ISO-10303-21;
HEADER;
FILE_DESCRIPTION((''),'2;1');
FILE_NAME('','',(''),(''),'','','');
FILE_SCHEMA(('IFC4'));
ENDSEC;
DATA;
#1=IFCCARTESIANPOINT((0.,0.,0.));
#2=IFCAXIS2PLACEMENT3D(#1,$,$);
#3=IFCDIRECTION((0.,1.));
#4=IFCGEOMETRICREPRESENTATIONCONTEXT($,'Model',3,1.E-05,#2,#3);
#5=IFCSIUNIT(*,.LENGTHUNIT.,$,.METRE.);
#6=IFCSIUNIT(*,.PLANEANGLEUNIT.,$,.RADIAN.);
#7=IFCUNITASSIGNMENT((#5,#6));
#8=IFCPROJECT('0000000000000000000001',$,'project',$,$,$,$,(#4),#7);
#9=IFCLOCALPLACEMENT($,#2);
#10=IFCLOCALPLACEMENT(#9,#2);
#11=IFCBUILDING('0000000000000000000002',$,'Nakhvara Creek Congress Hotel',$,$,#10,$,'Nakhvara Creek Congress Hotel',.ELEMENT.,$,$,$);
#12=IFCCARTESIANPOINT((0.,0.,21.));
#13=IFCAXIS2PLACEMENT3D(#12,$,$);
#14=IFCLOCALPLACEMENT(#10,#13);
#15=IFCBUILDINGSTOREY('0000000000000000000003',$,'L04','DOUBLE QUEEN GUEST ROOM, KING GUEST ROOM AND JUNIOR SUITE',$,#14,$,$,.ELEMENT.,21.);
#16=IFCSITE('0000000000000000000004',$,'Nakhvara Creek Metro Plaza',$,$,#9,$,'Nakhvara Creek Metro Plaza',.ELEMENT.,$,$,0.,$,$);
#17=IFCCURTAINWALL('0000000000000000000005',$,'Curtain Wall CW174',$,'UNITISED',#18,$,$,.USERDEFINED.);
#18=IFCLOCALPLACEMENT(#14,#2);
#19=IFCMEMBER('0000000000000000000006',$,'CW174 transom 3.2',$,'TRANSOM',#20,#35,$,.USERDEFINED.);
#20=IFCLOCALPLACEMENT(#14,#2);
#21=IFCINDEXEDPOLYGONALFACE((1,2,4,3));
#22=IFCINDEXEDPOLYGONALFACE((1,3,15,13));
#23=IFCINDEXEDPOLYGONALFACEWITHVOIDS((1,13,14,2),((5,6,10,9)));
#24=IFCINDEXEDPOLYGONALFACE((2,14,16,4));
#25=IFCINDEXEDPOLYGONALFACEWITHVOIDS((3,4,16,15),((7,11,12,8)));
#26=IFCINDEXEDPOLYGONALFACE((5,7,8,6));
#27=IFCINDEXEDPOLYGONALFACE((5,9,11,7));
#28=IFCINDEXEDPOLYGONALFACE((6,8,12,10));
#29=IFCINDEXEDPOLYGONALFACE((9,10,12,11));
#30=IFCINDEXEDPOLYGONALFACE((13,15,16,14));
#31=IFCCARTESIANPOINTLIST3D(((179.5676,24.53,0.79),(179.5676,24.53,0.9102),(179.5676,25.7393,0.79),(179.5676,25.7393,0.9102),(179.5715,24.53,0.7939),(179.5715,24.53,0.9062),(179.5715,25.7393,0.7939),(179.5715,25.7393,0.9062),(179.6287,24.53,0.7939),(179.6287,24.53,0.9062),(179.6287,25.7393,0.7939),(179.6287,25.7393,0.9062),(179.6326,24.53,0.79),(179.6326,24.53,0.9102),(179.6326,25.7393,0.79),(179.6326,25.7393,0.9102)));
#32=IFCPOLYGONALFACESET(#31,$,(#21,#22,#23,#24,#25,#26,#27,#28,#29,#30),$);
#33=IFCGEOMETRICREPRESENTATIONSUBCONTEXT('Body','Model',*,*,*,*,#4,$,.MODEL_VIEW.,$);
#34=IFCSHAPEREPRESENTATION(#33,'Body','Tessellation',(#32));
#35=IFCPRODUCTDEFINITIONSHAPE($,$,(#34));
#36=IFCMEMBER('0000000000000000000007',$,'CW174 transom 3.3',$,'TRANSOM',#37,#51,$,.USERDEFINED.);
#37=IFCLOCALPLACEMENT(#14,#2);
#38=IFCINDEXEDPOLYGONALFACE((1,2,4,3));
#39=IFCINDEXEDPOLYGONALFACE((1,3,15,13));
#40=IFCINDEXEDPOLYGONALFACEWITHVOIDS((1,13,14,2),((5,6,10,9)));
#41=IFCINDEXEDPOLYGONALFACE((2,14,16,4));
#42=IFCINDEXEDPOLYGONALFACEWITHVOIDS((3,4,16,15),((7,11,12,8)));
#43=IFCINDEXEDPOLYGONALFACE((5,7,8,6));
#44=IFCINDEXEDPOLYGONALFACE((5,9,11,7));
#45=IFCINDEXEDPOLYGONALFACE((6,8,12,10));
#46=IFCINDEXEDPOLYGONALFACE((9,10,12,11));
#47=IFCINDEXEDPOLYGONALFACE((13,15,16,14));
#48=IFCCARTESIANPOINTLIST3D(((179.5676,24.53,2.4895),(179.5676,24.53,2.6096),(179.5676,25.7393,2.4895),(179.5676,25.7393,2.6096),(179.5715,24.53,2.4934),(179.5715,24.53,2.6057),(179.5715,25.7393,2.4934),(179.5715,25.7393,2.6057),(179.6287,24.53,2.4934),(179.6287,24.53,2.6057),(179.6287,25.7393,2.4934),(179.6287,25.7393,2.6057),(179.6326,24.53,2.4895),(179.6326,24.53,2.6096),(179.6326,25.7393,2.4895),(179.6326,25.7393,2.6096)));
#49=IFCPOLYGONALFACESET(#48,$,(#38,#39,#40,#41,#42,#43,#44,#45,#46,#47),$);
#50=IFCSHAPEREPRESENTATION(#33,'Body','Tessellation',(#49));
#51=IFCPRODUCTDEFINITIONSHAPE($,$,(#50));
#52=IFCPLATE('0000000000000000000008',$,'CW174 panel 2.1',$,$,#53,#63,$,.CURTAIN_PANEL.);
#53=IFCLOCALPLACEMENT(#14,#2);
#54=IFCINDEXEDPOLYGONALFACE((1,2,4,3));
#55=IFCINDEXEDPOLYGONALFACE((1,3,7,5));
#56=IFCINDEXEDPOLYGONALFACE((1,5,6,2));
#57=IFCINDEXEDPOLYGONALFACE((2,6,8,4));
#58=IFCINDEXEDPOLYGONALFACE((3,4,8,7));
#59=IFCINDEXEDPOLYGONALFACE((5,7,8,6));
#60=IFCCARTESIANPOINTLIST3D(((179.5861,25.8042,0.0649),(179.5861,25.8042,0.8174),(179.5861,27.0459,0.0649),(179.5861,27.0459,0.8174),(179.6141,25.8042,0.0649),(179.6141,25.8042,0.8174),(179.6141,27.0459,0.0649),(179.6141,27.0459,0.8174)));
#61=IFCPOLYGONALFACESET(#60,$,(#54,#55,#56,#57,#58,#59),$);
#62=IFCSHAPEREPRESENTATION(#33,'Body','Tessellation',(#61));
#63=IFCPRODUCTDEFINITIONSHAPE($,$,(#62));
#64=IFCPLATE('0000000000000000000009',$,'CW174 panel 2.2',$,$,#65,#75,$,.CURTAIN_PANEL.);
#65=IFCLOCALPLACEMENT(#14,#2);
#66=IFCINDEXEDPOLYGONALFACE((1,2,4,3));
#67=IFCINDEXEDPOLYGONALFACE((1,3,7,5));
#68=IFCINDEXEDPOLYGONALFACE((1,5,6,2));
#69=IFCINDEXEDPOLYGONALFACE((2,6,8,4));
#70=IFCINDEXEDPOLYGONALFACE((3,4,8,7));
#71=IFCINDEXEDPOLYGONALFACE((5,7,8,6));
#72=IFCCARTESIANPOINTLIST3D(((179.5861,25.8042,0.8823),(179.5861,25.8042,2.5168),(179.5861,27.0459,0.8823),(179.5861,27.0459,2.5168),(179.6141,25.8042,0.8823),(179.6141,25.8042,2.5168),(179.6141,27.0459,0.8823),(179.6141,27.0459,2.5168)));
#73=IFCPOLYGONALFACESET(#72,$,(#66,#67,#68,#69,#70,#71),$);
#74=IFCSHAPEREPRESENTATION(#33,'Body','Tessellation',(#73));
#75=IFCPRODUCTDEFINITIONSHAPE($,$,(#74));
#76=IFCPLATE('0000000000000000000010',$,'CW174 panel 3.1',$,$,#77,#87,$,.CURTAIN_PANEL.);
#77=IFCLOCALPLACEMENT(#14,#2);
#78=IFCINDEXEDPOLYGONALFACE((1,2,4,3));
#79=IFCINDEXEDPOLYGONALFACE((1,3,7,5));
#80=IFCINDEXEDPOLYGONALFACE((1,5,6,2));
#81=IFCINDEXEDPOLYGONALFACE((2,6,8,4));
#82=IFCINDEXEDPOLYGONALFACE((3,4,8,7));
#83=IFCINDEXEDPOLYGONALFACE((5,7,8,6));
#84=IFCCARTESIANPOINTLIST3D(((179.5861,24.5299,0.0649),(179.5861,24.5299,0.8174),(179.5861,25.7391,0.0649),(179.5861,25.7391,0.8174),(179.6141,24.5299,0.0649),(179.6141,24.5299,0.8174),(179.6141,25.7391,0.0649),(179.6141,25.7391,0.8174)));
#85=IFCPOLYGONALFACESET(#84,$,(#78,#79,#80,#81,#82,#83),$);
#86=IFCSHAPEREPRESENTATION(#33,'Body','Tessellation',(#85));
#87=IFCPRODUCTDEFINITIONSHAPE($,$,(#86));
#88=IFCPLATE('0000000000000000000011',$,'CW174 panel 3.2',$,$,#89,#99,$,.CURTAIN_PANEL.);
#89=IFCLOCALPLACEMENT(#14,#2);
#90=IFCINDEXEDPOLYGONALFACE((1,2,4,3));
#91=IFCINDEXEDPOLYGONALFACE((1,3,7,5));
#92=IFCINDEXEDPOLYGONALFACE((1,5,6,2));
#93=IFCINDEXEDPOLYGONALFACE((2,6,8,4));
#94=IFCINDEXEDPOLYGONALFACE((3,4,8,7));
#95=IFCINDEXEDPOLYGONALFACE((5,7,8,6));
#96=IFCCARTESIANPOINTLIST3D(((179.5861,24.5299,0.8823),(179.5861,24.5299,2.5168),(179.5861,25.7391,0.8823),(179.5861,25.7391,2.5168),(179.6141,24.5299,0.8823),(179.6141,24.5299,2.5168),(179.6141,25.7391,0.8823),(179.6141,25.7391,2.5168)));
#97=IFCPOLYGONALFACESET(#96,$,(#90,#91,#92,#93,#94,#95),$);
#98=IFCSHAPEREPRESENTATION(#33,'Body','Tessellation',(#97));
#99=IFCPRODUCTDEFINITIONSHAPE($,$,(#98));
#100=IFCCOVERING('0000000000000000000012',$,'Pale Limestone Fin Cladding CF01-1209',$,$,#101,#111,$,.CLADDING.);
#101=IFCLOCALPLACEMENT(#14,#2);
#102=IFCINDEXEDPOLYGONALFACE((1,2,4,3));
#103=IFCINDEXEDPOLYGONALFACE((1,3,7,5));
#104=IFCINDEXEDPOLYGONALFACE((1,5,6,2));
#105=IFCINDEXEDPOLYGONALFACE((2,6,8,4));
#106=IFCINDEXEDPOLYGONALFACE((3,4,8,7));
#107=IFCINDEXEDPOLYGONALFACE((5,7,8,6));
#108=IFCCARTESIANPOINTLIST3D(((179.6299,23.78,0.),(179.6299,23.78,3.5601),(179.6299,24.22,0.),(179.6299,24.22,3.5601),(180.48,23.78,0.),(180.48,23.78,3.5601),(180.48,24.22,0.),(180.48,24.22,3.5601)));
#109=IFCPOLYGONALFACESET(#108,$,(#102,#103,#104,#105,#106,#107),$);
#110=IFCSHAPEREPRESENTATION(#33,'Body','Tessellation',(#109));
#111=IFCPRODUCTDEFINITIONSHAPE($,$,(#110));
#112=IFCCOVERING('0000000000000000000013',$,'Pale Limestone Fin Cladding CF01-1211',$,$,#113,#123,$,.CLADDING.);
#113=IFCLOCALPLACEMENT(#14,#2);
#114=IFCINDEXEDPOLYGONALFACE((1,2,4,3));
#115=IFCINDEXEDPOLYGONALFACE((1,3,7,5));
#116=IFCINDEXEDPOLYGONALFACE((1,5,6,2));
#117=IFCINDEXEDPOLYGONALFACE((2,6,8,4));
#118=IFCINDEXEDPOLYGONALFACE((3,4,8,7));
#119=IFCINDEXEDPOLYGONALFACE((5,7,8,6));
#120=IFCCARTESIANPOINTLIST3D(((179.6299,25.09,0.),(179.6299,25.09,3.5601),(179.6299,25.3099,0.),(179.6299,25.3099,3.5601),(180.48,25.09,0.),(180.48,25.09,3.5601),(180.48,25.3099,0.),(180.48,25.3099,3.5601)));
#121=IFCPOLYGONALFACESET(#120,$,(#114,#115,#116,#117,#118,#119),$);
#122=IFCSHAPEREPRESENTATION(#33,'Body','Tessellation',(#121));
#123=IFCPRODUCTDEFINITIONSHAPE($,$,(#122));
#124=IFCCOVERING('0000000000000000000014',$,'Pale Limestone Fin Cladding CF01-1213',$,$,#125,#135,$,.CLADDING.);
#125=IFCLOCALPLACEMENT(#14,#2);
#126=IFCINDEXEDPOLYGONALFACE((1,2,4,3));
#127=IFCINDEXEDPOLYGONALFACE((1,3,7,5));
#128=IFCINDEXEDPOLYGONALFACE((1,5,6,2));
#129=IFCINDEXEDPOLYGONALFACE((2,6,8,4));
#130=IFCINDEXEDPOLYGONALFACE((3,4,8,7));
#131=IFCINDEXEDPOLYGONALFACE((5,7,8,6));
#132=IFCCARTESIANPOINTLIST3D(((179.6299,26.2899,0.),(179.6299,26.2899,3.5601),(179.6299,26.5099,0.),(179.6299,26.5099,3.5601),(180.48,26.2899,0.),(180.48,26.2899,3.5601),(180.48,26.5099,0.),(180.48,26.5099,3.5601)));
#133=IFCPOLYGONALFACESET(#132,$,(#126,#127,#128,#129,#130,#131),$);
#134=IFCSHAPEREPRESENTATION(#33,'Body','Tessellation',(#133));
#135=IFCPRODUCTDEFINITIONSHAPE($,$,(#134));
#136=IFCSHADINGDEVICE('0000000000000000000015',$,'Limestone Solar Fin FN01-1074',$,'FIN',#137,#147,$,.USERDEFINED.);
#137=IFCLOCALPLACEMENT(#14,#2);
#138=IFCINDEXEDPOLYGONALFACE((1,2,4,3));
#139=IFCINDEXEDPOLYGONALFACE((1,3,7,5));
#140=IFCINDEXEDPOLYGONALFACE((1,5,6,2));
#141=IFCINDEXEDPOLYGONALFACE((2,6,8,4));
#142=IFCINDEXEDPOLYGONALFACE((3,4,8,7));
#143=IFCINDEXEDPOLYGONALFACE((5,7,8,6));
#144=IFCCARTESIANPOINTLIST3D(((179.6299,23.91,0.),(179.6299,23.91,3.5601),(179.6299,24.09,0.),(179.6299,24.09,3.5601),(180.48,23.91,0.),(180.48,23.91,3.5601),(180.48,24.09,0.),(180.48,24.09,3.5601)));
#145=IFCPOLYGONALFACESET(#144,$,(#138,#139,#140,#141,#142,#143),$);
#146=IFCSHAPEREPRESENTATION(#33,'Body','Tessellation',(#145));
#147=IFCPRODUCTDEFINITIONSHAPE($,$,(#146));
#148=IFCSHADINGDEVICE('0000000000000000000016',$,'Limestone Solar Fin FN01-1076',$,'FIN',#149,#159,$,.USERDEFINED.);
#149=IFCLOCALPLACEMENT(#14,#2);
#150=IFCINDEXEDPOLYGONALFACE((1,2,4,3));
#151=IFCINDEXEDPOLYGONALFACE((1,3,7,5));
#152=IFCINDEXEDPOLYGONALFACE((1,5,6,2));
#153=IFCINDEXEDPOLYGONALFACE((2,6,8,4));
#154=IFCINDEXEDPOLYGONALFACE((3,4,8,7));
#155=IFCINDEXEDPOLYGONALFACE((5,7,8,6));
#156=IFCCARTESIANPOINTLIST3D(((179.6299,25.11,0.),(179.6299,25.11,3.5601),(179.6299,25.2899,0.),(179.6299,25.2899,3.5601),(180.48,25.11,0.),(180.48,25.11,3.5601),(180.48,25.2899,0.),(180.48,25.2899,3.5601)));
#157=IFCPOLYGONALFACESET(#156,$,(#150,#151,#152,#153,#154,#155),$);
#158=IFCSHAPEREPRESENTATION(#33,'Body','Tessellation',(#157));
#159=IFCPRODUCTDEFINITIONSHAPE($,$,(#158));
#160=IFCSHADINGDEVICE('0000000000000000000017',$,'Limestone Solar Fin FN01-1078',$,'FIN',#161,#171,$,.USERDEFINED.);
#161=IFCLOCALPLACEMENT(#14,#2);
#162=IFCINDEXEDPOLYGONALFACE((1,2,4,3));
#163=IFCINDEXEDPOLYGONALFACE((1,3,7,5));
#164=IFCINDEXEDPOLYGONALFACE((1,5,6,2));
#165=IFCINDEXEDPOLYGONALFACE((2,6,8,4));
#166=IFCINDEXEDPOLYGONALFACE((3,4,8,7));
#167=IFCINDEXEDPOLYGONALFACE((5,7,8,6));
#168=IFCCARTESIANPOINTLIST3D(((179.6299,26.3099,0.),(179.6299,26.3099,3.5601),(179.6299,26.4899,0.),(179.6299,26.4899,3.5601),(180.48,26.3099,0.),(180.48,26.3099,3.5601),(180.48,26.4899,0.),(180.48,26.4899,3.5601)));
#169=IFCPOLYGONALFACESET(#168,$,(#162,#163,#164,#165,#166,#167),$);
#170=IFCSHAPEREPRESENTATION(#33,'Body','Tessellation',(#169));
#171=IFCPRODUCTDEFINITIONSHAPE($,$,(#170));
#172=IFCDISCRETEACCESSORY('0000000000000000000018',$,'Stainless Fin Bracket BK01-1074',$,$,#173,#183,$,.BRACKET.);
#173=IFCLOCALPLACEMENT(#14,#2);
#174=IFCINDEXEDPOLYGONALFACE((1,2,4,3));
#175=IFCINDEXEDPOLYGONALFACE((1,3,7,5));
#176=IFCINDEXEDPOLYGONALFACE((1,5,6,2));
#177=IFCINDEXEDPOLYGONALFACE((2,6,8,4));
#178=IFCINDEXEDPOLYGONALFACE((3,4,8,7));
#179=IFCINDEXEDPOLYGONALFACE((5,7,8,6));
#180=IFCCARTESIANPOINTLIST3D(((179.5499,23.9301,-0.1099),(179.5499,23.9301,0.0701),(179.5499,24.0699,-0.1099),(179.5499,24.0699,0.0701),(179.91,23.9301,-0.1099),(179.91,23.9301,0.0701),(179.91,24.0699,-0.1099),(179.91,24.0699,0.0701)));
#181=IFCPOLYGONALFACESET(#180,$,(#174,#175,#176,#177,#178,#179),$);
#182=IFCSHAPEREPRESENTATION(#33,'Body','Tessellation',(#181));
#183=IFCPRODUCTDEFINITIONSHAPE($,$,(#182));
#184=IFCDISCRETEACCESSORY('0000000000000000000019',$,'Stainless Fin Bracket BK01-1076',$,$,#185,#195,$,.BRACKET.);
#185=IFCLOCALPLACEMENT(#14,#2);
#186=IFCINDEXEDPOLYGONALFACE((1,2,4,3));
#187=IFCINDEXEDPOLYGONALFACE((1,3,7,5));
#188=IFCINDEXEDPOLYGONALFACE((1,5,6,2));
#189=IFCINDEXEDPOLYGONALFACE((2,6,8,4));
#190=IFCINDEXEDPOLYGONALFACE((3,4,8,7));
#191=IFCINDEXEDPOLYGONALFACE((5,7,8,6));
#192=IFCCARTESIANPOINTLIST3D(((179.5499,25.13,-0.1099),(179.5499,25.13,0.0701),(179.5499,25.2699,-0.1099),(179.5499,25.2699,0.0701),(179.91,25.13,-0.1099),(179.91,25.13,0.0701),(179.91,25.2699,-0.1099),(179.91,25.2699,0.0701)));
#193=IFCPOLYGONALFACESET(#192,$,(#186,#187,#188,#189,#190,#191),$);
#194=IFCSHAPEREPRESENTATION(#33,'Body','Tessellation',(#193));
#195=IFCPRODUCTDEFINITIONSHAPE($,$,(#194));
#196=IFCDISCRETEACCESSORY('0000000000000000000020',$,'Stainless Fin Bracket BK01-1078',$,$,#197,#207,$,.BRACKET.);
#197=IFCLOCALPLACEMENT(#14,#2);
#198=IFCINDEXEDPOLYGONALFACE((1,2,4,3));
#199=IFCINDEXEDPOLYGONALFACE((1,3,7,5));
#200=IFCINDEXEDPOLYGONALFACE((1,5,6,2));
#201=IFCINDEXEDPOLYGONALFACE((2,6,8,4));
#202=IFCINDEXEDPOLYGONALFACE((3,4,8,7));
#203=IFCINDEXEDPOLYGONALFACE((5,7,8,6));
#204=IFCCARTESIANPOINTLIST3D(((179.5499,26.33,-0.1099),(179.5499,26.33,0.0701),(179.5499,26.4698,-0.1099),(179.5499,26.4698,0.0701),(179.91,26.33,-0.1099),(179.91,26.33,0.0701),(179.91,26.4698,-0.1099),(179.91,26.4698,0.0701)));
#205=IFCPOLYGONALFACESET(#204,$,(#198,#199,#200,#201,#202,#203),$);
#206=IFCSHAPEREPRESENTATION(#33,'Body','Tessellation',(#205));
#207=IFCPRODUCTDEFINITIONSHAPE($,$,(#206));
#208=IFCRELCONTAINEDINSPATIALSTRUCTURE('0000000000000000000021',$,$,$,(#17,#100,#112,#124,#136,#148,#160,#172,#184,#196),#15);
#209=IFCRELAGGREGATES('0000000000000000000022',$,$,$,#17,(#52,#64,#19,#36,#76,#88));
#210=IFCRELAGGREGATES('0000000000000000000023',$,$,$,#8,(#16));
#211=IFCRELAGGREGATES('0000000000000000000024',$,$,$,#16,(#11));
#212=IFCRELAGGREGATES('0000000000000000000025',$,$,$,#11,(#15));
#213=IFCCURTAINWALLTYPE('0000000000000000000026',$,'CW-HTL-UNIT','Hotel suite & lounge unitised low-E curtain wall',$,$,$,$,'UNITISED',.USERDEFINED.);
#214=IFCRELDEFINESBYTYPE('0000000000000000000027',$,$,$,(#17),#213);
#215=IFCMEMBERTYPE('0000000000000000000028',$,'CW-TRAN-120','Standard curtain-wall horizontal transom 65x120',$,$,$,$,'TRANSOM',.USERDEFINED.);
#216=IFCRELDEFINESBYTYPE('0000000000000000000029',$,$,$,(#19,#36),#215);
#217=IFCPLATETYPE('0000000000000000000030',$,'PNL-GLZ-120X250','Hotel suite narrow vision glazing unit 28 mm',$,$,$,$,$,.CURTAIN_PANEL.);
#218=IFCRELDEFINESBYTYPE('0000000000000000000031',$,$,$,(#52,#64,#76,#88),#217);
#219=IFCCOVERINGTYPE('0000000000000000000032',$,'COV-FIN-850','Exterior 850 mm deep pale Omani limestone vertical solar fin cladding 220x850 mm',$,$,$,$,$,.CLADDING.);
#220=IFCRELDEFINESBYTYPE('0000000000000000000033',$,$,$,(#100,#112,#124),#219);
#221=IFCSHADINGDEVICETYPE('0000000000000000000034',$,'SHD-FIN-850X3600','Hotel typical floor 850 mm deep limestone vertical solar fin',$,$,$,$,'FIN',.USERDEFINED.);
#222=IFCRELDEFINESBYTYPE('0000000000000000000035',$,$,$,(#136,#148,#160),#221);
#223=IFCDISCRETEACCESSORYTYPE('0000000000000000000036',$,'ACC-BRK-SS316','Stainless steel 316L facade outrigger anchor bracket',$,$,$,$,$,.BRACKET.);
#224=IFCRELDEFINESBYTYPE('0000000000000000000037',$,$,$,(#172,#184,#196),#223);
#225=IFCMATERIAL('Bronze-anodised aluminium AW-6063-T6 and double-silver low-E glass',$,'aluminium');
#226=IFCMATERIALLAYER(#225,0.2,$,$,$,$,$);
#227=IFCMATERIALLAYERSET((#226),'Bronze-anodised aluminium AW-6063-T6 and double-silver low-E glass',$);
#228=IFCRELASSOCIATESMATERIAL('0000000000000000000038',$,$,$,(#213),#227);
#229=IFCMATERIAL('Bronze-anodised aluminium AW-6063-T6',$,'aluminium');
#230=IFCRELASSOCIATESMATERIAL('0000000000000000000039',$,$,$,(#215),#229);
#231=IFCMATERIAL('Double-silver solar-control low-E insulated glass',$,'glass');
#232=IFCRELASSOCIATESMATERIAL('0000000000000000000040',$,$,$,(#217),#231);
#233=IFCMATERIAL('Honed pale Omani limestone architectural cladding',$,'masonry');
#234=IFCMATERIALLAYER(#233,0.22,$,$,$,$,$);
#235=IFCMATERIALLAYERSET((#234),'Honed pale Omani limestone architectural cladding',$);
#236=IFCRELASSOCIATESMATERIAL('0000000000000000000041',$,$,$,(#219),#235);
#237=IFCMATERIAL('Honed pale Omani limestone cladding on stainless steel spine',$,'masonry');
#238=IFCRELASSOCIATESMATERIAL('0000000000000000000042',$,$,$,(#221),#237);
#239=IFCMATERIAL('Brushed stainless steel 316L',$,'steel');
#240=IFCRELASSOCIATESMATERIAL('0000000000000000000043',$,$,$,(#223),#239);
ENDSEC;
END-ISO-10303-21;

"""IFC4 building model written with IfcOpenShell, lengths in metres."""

from ifc_helpers import new_model, si_unit, direction, frame, origin, origin_2d, place, context, subcontext, project, spatial, rectangle, hollow_rectangle, extrude, material, layer, layer_set, material_profile, profile_set, type_object, element, aggregate, save


model = new_model("IFC4")

# Units and contexts
model_context = context("Model", 3, precision=1e-05, world=origin(), true_north=direction((0.0, 1.0)))
body_context = subcontext(model_context, "Body", "Model", "MODEL_VIEW")
ifc_project = project(units=[si_unit("LENGTHUNIT", "METRE"), si_unit("PLANEANGLEUNIT", "RADIAN")], contexts=[model_context])

# Site, building, storey
site_placement = place(None, origin())
site = spatial("IfcSite", under=ifc_project, at=site_placement, Name="Nakhvara Creek Metro Plaza", LongName="Nakhvara Creek Metro Plaza", CompositionType="ELEMENT", RefElevation=0.0)
building_placement = place(site_placement, origin())
building = spatial("IfcBuilding", under=site, at=building_placement, Name="Nakhvara Creek Congress Hotel", LongName="Nakhvara Creek Congress Hotel", CompositionType="ELEMENT")
storey_placement = place(building_placement, frame((0.0, 0.0, 21.0)))
storey = spatial("IfcBuildingStorey", under=building, at=storey_placement, Name="L04", Description="DOUBLE QUEEN GUEST ROOM, KING GUEST ROOM AND JUNIOR SUITE", CompositionType="ELEMENT", Elevation=21.0)

# Shared definitions
ifc_material_1 = material(Name="Bronze-anodised aluminium AW-6063-T6 and double-silver low-E glass", Category="aluminium")
ifc_layer_1 = layer(ifc_material_1, 0.2)
ifc_layer_set_1 = layer_set([ifc_layer_1], Name="Bronze-anodised aluminium AW-6063-T6 and double-silver low-E glass")
curtain_wall_type = type_object("IfcCurtainWallType", Name="CW-HTL-UNIT", Description="Hotel suite & lounge unitised low-E curtain wall", ElementType="UNITISED", PredefinedType="USERDEFINED", material=ifc_layer_set_1)
ifc_material_2 = material(Name="Bronze-anodised aluminium AW-6063-T6", Category="aluminium")

# Curtain wall
curtain_wall_1_placement = place(storey_placement, origin())
curtain_wall_1 = element("IfcCurtainWall", 1, at=curtain_wall_1_placement, inside=storey, type_object=curtain_wall_type, Name="Curtain Wall CW174", ObjectType="UNITISED", PredefinedType="USERDEFINED")

# Members
ifc_material_profile_1 = material_profile(ifc_material_2, hollow_rectangle(XDim=0.0649, YDim=0.1201, WallThickness=0.0039, at=origin_2d()), Name="ALU-TRAN 65x120x4", Category="LoadBearing")
ifc_profile_set_1 = profile_set([ifc_material_profile_1], Name="Bronze-anodised aluminium AW-6063-T6")
member_type_1 = type_object("IfcMemberType", Name="CW-TRAN-120", Description="Standard curtain-wall horizontal transom 65x120", ElementType="TRANSOM", PredefinedType="USERDEFINED", material=ifc_profile_set_1)
member_1_placement = place(storey_placement, frame((179.6001, 25.7393, 0.8501), z_axis=(0.0, -1.0, 0.0), x_axis=(1.0, 0.0, 0.0)))
member_1 = element("IfcMember", 2, at=member_1_placement, type_object=member_type_1, Name="CW174 transom 3.2", ObjectType="TRANSOM", PredefinedType="USERDEFINED", context=body_context, shape_type="SweptSolid", body=[
    extrude(hollow_rectangle(XDim=0.0649, YDim=0.1201, WallThickness=0.0039, at=origin_2d()), origin(), (0.0, 0.0, 1.0), 1.2092),
])
member_2_placement = place(storey_placement, frame((179.6001, 25.7393, 2.5496), z_axis=(0.0, -1.0, 0.0), x_axis=(1.0, 0.0, 0.0)))
member_2 = element("IfcMember", 3, at=member_2_placement, type_object=member_type_1, Name="CW174 transom 3.3", ObjectType="TRANSOM", PredefinedType="USERDEFINED", context=body_context, shape_type="SweptSolid", body=[
    extrude(hollow_rectangle(XDim=0.0649, YDim=0.1201, WallThickness=0.0039, at=origin_2d()), origin(), (0.0, 0.0, 1.0), 1.2092),
])

# Plates
ifc_material_3 = material(Name="Double-silver solar-control low-E insulated glass", Category="glass")
plate_type = type_object("IfcPlateType", Name="PNL-GLZ-120X250", Description="Hotel suite narrow vision glazing unit 28 mm", PredefinedType="CURTAIN_PANEL", material=ifc_material_3)
plate_1_placement = place(storey_placement, frame((179.6001, 26.425, 0.0649), z_axis=(0.0, 0.0, 1.0), x_axis=(0.0, -1.0, 0.0)))
plate_1 = element("IfcPlate", 4, at=plate_1_placement, type_object=plate_type, Name="CW174 panel 2.1", PredefinedType="CURTAIN_PANEL", context=body_context, shape_type="SweptSolid", body=[
    extrude(rectangle(XDim=1.2417, YDim=0.0281, at=origin_2d()), origin(), (0.0, 0.0, 1.0), 0.7524),
])
plate_2_placement = place(storey_placement, frame((179.6001, 26.425, 0.8823), z_axis=(0.0, 0.0, 1.0), x_axis=(0.0, -1.0, 0.0)))
plate_2 = element("IfcPlate", 5, at=plate_2_placement, type_object=plate_type, Name="CW174 panel 2.2", PredefinedType="CURTAIN_PANEL", context=body_context, shape_type="SweptSolid", body=[
    extrude(rectangle(XDim=1.2417, YDim=0.0281, at=origin_2d()), origin(), (0.0, 0.0, 1.0), 1.6345),
])
plate_3_placement = place(storey_placement, frame((179.6001, 25.1345, 0.0649), z_axis=(0.0, 0.0, 1.0), x_axis=(0.0, -1.0, 0.0)))
plate_3 = element("IfcPlate", 6, at=plate_3_placement, type_object=plate_type, Name="CW174 panel 3.1", PredefinedType="CURTAIN_PANEL", context=body_context, shape_type="SweptSolid", body=[
    extrude(rectangle(XDim=1.2092, YDim=0.0281, at=origin_2d()), origin(), (0.0, 0.0, 1.0), 0.7524),
])
plate_4_placement = place(storey_placement, frame((179.6001, 25.1345, 0.8823), z_axis=(0.0, 0.0, 1.0), x_axis=(0.0, -1.0, 0.0)))
plate_4 = element("IfcPlate", 7, at=plate_4_placement, type_object=plate_type, Name="CW174 panel 3.2", PredefinedType="CURTAIN_PANEL", context=body_context, shape_type="SweptSolid", body=[
    extrude(rectangle(XDim=1.2092, YDim=0.0281, at=origin_2d()), origin(), (0.0, 0.0, 1.0), 1.6345),
])
aggregate(curtain_wall_1, [plate_1, plate_2, member_1, member_2, plate_3, plate_4])

# Coverings
ifc_material_4 = material(Name="Honed pale Omani limestone architectural cladding", Category="masonry")
ifc_layer_2 = layer(ifc_material_4, 0.22)
ifc_layer_set_2 = layer_set([ifc_layer_2], Name="Honed pale Omani limestone architectural cladding")
covering_type = type_object("IfcCoveringType", Name="COV-FIN-850", Description="Exterior 850 mm deep pale Omani limestone vertical solar fin cladding 220x850 mm", PredefinedType="CLADDING", material=ifc_layer_set_2)
covering_placement = place(storey_placement, frame((180.0549, 24.0, 0.0), z_axis=(0.0, 0.0, 1.0), x_axis=(0.0, 1.0, 0.0)))
element("IfcCovering", 8, at=covering_placement, inside=storey, type_object=covering_type, Name="Pale Limestone Fin Cladding CF01-1209", PredefinedType="CLADDING", context=body_context, shape_type="SweptSolid", body=[
    extrude(rectangle(XDim=0.4399, YDim=0.8501, at=origin_2d()), origin(), (0.0, 0.0, 1.0), 3.5601),
])
for number, where, z_axis, x_axis, name in (
    (9, (180.0549, 25.2, 0.0), (0.0, 0.0, 1.0), (0.0, 1.0, 0.0), "Pale Limestone Fin Cladding CF01-1211"),
    (10, (180.0549, 26.3999, 0.0), (0.0, 0.0, 1.0), (0.0, 1.0, 0.0), "Pale Limestone Fin Cladding CF01-1213"),
):
    element("IfcCovering", number, at=place(storey_placement, frame(where, z_axis=z_axis, x_axis=x_axis)), inside=storey, type_object=covering_type, Name=name, PredefinedType="CLADDING", context=body_context, shape_type="SweptSolid", body=[
        extrude(rectangle(XDim=0.22, YDim=0.8501, at=origin_2d()), origin(), (0.0, 0.0, 1.0), 3.5601),
    ])

# Shading devices
ifc_material_5 = material(Name="Honed pale Omani limestone cladding on stainless steel spine", Category="masonry")
shading_device_type = type_object("IfcShadingDeviceType", Name="SHD-FIN-850X3600", Description="Hotel typical floor 850 mm deep limestone vertical solar fin", ElementType="FIN", PredefinedType="USERDEFINED", material=ifc_material_5)
for number, where, z_axis, x_axis, name in (
    (11, (180.0549, 24.0, 0.0), (0.0, 0.0, 1.0), (0.0, 1.0, 0.0), "Limestone Solar Fin FN01-1074"),
    (12, (180.0549, 25.2, 0.0), (0.0, 0.0, 1.0), (0.0, 1.0, 0.0), "Limestone Solar Fin FN01-1076"),
    (13, (180.0549, 26.3999, 0.0), (0.0, 0.0, 1.0), (0.0, 1.0, 0.0), "Limestone Solar Fin FN01-1078"),
):
    element("IfcShadingDevice", number, at=place(storey_placement, frame(where, z_axis=z_axis, x_axis=x_axis)), inside=storey, type_object=shading_device_type, Name=name, ObjectType="FIN", PredefinedType="USERDEFINED", context=body_context, shape_type="SweptSolid", body=[
        extrude(rectangle(XDim=0.1799, YDim=0.8501, at=origin_2d()), origin(), (0.0, 0.0, 1.0), 3.5601),
    ])

# Discrete accessories
ifc_material_6 = material(Name="Brushed stainless steel 316L", Category="steel")
discrete_accessory_type = type_object("IfcDiscreteAccessoryType", Name="ACC-BRK-SS316", Description="Stainless steel 316L facade outrigger anchor bracket", PredefinedType="BRACKET", material=ifc_material_6)
for number, where, z_axis, x_axis, name in (
    (14, (179.73, 24.0, -0.1099), (0.0, 0.0, 1.0), (0.0, 1.0, 0.0), "Stainless Fin Bracket BK01-1074"),
    (15, (179.73, 25.2, -0.1099), (0.0, 0.0, 1.0), (0.0, 1.0, 0.0), "Stainless Fin Bracket BK01-1076"),
    (16, (179.73, 26.3999, -0.1099), (0.0, 0.0, 1.0), (0.0, 1.0, 0.0), "Stainless Fin Bracket BK01-1078"),
):
    element("IfcDiscreteAccessory", number, at=place(storey_placement, frame(where, z_axis=z_axis, x_axis=x_axis)), inside=storey, type_object=discrete_accessory_type, Name=name, PredefinedType="BRACKET", context=body_context, shape_type="SweptSolid", body=[
        extrude(rectangle(XDim=0.1399, YDim=0.3601, at=origin_2d()), origin(), (0.0, 0.0, 1.0), 0.1799),
    ])

save(model, "model.ifc")
